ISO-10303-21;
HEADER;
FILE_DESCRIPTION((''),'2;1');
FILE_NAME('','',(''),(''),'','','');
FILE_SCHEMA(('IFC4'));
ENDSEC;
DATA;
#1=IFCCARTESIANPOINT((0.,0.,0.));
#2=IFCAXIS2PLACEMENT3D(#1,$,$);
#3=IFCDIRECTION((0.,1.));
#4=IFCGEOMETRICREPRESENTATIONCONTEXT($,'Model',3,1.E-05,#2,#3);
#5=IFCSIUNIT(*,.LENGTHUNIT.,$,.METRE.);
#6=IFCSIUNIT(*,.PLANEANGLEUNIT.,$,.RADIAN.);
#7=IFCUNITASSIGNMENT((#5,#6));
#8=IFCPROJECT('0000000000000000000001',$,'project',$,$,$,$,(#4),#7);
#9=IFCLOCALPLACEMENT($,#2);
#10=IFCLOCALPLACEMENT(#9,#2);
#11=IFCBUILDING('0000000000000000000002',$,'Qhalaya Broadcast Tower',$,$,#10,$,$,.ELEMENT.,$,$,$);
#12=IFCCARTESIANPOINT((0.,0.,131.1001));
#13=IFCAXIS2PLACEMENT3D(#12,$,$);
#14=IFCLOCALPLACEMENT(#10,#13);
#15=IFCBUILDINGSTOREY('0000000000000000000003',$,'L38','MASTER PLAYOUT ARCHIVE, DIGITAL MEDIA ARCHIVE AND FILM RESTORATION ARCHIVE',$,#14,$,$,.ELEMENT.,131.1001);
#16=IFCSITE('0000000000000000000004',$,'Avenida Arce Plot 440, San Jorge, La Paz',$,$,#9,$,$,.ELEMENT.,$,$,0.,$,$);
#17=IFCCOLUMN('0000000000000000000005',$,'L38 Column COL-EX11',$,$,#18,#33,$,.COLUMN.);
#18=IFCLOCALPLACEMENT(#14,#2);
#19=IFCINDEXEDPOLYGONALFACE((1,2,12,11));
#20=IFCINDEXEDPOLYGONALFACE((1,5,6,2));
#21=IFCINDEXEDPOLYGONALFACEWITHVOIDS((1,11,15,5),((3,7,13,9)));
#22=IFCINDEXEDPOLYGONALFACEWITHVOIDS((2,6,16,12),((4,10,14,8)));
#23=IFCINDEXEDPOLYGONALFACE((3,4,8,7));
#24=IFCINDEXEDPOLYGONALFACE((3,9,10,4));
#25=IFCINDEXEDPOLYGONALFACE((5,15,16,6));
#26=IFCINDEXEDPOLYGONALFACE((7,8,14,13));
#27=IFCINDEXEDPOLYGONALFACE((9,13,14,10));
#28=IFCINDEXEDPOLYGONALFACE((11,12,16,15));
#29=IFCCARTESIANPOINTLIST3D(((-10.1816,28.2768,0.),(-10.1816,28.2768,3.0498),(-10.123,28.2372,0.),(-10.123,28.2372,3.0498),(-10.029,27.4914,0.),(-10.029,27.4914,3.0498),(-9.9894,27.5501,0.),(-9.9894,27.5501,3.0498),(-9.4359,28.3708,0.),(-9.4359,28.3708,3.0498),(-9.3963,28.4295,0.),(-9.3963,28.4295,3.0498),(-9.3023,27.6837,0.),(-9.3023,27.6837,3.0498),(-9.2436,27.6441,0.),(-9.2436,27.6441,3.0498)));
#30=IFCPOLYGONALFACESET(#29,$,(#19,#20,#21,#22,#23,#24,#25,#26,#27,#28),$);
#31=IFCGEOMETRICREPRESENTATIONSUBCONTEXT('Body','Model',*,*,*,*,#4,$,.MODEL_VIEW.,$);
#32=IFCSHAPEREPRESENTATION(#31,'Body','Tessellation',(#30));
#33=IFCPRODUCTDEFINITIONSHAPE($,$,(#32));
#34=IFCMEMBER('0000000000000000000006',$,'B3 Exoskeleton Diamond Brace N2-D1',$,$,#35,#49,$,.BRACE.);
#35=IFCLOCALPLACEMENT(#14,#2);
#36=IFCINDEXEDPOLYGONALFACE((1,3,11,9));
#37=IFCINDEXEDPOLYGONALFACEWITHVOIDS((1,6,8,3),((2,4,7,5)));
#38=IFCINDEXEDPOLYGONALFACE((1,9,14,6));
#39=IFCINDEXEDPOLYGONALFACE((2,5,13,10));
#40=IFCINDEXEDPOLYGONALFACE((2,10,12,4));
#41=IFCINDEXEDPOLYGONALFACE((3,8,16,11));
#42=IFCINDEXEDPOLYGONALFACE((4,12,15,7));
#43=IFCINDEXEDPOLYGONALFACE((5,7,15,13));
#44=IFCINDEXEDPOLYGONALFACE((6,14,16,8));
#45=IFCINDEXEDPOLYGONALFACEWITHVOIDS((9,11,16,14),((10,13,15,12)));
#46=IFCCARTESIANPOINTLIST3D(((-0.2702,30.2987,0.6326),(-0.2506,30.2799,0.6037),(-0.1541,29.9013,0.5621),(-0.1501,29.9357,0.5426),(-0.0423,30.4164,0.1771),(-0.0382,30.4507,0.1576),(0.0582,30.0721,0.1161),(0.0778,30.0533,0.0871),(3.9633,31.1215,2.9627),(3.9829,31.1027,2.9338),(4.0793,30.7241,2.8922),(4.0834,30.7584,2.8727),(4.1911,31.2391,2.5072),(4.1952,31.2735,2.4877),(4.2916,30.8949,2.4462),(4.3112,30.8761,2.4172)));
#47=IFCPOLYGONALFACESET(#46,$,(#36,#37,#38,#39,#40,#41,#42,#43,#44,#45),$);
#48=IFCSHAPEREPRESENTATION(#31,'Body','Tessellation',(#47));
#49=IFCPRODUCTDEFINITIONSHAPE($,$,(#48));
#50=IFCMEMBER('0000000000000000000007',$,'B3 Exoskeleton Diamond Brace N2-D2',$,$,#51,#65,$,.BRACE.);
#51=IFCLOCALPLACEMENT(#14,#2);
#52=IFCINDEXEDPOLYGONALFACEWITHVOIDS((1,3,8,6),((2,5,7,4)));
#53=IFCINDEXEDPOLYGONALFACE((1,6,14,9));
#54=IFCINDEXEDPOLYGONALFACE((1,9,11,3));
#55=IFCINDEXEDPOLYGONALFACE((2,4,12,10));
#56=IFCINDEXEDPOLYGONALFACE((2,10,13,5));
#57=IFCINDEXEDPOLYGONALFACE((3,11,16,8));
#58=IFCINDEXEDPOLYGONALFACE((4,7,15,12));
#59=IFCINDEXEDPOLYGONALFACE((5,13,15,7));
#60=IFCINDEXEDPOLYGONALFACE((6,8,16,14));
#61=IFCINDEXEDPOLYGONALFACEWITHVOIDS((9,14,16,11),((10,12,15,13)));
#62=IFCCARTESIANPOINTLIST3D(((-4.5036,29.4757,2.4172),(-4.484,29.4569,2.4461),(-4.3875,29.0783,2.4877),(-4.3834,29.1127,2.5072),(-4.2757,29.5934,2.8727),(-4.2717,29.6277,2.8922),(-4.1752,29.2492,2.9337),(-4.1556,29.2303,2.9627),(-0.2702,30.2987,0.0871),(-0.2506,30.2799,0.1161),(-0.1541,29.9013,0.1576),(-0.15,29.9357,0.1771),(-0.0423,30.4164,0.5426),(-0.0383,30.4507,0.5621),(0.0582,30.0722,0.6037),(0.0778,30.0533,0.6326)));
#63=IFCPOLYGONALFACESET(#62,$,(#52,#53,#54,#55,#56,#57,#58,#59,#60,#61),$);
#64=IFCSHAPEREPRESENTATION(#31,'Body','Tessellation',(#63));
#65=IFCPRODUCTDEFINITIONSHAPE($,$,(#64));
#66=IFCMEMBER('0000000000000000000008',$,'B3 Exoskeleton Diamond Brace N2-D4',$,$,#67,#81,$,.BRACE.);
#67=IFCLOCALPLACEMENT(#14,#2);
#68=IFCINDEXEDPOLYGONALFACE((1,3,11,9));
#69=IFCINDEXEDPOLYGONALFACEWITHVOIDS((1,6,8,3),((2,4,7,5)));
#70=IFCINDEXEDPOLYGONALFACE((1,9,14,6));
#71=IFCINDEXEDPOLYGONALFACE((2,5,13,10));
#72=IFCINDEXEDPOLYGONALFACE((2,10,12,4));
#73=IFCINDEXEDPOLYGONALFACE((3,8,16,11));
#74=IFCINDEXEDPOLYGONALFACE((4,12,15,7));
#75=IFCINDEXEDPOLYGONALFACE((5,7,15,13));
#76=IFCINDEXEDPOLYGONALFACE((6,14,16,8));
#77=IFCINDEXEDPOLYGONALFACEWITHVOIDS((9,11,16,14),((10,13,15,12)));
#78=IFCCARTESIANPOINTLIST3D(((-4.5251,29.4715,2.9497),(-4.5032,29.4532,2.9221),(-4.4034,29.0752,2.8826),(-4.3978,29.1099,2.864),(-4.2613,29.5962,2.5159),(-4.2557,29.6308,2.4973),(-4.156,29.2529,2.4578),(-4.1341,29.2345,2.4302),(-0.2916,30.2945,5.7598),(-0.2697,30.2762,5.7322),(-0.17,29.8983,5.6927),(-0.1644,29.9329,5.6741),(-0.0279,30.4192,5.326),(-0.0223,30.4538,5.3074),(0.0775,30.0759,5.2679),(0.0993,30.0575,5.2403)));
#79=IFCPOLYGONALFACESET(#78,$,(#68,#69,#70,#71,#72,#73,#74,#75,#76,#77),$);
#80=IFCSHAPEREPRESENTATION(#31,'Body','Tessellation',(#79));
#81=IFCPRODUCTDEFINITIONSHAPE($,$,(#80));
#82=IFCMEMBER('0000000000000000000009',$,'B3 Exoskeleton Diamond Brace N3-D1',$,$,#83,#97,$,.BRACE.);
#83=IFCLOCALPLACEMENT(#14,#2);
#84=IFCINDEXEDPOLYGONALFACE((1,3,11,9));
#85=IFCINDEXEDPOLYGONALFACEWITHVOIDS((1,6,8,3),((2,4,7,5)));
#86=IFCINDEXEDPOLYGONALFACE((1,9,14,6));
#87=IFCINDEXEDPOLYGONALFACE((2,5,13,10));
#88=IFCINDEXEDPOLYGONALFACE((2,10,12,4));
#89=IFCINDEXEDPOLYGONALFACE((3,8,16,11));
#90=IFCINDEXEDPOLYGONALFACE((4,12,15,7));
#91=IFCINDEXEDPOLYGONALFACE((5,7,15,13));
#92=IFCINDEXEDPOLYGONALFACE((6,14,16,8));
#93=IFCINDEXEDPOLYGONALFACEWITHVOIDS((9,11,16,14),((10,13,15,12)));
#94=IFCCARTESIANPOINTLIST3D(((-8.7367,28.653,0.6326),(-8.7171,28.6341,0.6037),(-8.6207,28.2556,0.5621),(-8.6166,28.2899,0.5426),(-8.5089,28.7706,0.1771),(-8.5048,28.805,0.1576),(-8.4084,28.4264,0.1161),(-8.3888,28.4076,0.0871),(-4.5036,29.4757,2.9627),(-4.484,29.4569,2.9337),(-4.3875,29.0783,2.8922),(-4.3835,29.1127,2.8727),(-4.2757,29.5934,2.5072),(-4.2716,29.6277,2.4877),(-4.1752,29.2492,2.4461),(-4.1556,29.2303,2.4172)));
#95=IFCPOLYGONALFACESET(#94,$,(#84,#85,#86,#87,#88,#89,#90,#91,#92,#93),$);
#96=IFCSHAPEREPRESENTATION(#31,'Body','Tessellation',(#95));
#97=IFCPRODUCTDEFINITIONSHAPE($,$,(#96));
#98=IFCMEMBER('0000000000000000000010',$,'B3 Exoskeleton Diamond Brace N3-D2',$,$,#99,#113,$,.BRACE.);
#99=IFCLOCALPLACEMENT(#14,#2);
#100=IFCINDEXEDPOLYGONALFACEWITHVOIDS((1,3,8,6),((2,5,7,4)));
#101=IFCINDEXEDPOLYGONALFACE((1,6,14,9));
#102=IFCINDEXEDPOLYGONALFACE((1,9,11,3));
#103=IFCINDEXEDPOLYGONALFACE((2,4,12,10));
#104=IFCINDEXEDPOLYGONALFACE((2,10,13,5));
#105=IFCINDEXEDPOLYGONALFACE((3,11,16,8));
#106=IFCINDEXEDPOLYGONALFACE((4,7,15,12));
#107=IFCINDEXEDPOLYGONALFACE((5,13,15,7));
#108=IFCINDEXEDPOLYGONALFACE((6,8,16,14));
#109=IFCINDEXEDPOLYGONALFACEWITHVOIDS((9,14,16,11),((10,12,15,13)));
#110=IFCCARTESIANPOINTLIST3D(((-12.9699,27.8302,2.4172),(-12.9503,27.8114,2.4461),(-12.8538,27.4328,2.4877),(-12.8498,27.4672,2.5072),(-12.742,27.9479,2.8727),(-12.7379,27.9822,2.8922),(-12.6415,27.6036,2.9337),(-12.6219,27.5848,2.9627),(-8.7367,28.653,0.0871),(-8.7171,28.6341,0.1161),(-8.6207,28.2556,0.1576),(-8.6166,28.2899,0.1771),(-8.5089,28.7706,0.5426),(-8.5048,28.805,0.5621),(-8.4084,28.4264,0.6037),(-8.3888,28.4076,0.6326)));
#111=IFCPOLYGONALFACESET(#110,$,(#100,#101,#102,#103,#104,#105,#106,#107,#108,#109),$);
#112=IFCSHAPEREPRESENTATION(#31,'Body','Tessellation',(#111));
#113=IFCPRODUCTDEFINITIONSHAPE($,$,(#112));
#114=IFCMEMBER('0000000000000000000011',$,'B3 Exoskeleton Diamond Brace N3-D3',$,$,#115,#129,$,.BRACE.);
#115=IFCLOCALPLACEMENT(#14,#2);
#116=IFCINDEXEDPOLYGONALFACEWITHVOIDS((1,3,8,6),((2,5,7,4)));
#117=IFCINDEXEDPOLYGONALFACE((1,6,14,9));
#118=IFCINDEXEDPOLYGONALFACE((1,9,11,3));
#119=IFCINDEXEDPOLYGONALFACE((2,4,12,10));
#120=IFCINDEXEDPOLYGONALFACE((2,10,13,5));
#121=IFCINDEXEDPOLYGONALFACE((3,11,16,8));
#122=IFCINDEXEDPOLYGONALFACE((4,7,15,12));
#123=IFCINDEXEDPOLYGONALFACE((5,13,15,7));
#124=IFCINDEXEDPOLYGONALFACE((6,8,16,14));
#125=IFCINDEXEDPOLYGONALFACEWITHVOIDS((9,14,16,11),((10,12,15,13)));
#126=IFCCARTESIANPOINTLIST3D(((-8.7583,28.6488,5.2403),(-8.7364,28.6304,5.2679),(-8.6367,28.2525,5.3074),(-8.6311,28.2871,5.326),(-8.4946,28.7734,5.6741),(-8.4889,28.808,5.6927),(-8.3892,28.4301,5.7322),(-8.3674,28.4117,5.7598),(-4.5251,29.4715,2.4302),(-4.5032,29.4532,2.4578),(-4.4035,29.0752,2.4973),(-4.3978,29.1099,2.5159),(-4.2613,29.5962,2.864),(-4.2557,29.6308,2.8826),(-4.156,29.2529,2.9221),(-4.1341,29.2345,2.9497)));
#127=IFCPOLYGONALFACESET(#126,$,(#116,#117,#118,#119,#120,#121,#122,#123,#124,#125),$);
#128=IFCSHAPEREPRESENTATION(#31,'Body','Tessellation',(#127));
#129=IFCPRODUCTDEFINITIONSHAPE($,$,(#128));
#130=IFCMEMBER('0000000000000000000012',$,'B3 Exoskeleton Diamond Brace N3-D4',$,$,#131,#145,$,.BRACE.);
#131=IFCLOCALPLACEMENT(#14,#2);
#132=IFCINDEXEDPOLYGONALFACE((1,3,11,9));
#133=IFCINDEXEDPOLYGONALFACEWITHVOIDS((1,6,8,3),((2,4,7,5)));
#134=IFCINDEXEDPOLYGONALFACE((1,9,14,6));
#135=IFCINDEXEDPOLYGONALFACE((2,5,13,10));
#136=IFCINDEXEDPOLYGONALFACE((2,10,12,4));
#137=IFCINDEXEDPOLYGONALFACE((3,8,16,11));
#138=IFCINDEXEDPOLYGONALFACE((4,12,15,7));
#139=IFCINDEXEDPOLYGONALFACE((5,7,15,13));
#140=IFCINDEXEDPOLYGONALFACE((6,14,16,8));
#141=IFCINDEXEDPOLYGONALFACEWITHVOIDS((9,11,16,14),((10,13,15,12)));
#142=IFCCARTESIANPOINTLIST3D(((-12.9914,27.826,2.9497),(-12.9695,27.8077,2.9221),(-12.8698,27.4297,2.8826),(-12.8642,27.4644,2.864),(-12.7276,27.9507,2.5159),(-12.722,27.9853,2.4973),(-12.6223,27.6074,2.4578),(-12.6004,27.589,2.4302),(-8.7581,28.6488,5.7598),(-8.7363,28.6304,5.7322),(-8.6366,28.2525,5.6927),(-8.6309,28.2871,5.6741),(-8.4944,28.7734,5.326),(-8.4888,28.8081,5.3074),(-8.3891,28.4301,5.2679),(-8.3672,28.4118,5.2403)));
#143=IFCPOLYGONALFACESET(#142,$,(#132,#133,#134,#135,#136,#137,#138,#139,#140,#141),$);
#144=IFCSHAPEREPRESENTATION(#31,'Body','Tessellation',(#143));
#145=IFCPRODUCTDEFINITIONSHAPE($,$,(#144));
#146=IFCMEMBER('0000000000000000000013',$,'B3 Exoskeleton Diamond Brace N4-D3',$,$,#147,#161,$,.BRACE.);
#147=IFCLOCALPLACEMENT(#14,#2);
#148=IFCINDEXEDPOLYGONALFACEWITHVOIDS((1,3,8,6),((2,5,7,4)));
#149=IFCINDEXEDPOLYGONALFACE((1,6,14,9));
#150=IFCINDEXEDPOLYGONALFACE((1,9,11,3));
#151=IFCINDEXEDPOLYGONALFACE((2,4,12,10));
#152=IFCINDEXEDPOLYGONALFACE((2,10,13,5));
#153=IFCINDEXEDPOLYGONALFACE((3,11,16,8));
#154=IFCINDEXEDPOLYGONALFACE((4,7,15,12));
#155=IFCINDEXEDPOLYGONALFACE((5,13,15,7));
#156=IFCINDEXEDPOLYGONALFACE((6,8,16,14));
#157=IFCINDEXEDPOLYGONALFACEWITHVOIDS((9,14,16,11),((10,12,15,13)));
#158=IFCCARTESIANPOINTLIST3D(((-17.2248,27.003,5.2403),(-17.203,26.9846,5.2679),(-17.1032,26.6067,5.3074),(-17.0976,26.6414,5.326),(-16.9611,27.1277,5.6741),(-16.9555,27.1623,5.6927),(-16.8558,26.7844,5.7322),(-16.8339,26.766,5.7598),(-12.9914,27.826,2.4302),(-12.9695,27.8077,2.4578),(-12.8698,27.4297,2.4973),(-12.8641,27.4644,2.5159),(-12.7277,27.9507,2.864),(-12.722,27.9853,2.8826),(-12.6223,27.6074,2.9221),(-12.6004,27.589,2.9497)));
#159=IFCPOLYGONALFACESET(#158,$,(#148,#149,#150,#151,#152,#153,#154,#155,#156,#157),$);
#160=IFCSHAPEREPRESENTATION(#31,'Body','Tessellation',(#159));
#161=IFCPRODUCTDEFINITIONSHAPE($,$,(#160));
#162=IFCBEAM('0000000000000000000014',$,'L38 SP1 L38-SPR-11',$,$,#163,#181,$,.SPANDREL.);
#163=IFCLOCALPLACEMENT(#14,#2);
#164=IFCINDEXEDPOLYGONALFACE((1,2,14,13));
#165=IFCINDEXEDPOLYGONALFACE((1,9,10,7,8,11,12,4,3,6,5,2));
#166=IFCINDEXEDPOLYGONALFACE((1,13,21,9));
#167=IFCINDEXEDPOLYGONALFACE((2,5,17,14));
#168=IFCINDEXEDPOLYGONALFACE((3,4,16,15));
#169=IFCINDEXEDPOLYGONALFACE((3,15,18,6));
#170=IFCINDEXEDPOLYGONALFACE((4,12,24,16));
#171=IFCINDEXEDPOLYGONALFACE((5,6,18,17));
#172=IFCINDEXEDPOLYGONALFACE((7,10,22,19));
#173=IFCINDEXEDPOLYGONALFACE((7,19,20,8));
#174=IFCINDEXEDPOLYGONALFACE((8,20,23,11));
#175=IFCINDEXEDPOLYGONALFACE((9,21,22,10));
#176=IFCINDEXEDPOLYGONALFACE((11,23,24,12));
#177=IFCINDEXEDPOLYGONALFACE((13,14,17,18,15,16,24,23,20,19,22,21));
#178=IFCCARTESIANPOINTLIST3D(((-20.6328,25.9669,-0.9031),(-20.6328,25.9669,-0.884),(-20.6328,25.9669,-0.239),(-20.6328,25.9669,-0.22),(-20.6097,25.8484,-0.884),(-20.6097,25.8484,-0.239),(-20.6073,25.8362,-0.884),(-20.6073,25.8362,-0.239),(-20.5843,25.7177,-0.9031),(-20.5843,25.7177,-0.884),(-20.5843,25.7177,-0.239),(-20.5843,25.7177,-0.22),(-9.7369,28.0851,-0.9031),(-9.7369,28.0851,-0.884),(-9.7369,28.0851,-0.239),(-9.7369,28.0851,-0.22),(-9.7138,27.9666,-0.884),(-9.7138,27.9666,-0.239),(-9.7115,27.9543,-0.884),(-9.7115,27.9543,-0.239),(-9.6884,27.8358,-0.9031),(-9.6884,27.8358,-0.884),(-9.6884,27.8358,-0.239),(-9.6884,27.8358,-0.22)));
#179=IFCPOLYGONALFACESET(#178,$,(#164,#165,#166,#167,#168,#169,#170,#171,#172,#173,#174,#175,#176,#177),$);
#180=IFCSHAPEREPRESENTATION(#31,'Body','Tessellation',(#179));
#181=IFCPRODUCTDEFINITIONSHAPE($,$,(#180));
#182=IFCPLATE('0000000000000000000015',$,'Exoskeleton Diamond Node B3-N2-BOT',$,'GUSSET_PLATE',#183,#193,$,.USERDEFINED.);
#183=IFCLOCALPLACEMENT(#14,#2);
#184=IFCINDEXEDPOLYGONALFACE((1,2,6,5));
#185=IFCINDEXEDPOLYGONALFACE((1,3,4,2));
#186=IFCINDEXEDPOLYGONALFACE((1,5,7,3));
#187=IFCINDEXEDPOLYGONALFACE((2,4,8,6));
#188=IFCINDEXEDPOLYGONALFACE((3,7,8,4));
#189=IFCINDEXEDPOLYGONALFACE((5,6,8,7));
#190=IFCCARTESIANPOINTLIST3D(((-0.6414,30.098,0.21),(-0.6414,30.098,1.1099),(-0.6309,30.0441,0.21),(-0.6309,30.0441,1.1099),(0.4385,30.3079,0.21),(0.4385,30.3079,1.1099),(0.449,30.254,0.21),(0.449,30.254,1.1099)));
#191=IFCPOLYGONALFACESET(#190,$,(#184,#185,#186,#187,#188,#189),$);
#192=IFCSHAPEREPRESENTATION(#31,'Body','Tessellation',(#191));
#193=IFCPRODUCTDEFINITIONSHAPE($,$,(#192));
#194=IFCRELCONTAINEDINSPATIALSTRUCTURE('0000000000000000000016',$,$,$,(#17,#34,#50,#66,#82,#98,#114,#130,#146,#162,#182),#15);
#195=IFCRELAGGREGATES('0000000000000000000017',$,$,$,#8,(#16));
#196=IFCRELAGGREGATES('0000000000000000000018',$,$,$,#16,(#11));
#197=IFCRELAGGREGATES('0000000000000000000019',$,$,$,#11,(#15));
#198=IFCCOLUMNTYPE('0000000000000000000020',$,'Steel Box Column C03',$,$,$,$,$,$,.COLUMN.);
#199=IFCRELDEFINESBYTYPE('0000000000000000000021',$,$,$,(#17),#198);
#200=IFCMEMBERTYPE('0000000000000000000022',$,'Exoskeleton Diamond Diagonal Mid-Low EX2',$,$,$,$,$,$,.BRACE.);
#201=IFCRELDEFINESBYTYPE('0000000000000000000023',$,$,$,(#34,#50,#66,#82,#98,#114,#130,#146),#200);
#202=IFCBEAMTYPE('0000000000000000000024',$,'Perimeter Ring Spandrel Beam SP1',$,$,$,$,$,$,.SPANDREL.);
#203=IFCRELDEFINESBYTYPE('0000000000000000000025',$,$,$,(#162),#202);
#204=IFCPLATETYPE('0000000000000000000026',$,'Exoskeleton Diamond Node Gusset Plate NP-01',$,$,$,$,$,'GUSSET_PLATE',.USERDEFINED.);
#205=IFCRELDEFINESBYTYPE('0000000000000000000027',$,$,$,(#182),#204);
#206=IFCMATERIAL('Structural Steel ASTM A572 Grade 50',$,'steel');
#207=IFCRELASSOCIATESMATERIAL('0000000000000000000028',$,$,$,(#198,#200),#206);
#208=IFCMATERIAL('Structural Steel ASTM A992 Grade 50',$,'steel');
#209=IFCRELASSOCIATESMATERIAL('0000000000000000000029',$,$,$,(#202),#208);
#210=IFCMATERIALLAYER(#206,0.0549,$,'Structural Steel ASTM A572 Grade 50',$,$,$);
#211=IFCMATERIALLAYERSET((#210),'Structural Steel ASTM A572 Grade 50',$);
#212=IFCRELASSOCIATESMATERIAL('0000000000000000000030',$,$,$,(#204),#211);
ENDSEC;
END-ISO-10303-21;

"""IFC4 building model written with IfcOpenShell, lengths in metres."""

from ifc_helpers import new_model, si_unit, direction, frame, origin, origin_2d, place, context, subcontext, project, spatial, rectangle, hollow_rectangle, i_section, extrude, material, layer, layer_set, material_profile, profile_set, type_object, element, save


model = new_model("IFC4")

# Units and contexts
model_context = context("Model", 3, precision=1e-05, world=origin(), true_north=direction((0.0, 1.0)))
body_context = subcontext(model_context, "Body", "Model", "MODEL_VIEW")
ifc_project = project(units=[si_unit("LENGTHUNIT", "METRE"), si_unit("PLANEANGLEUNIT", "RADIAN")], contexts=[model_context])

# Site, building, storey
site_placement = place(None, origin())
site = spatial("IfcSite", under=ifc_project, at=site_placement, Name="Avenida Arce Plot 440, San Jorge, La Paz", CompositionType="ELEMENT", RefElevation=0.0)
building_placement = place(site_placement, origin())
building = spatial("IfcBuilding", under=site, at=building_placement, Name="Qhalaya Broadcast Tower", CompositionType="ELEMENT")
storey_placement = place(building_placement, frame((0.0, 0.0, 131.1001)))
storey = spatial("IfcBuildingStorey", under=building, at=storey_placement, Name="L38", Description="MASTER PLAYOUT ARCHIVE, DIGITAL MEDIA ARCHIVE AND FILM RESTORATION ARCHIVE", CompositionType="ELEMENT", Elevation=131.1001)

# Column
ifc_material_1 = material(Name="Structural Steel ASTM A572 Grade 50", Category="steel")
ifc_material_profile_1 = material_profile(ifc_material_1, hollow_rectangle(XDim=0.8, YDim=0.8, WallThickness=0.05, at=origin_2d()), Name="BOX 800x800x50")
ifc_profile_set_1 = profile_set([ifc_material_profile_1], Name="Structural Steel ASTM A572 Grade 50")
column_type = type_object("IfcColumnType", Name="Steel Box Column C03", PredefinedType="COLUMN", material=ifc_profile_set_1)
column_placement = place(storey_placement, frame((-9.7126, 27.9604, 0.0), z_axis=(0.0, 0.0, 1.0), x_axis=(0.981627, 0.190809, 0.0)))
element("IfcColumn", 1, at=column_placement, inside=storey, type_object=column_type, Name="L38 Column COL-EX11", PredefinedType="COLUMN", context=body_context, shape_type="SweptSolid", body=[
    extrude(hollow_rectangle(XDim=0.8, YDim=0.8, WallThickness=0.05, at=origin_2d()), origin(), (0.0, 0.0, 1.0), 3.0498),
])

# Members
ifc_material_profile_2 = material_profile(ifc_material_1, hollow_rectangle(XDim=0.4199, YDim=0.55, WallThickness=0.0281, at=origin_2d()), Name="BOX 420x550x28")
ifc_profile_set_2 = profile_set([ifc_material_profile_2], Name="Structural Steel ASTM A572 Grade 50")
member_type = type_object("IfcMemberType", Name="Exoskeleton Diamond Diagonal Mid-Low EX2", PredefinedType="BRACE", material=ifc_profile_set_2)
for number, where, z_axis, x_axis, name in (
    (2, (-0.0962, 30.176, 0.3599), (0.863638, 0.167847, 0.475349), (-0.276309, 0.946294, 0.167873), "B3 Exoskeleton Diamond Brace N2-D1"),
    (3, (-0.0962, 30.176, 0.3599), (-0.863631, -0.167895, 0.475346), (0.276361, -0.946279, 0.167874), "B3 Exoskeleton Diamond Brace N2-D2"),
):
    element("IfcMember", number, at=place(storey_placement, frame(where, z_axis=z_axis, x_axis=x_axis)), inside=storey, type_object=member_type, Name=name, PredefinedType="BRACE", context=body_context, shape_type="SweptSolid", body=[
        extrude(hollow_rectangle(XDim=0.4199, YDim=0.55, WallThickness=0.0281, at=origin_2d()), origin(), (0.0, 0.0, 1.0), 4.9019),
    ])
member_1_placement = place(storey_placement, frame((-4.3296, 29.353, 2.6899), z_axis=(0.822439, 0.159887, 0.545921), x_axis=(-0.28958, 0.943709, 0.159867)))
element("IfcMember", 4, at=member_1_placement, inside=storey, type_object=member_type, Name="B3 Exoskeleton Diamond Brace N2-D4", PredefinedType="BRACE", context=body_context, shape_type="SweptSolid", body=[
    extrude(hollow_rectangle(XDim=0.4199, YDim=0.55, WallThickness=0.0281, at=origin_2d()), origin(), (0.0, 0.0, 1.0), 5.1475),
])
for number, where, z_axis, x_axis, name in (
    (5, (-8.5627, 28.5303, 0.3599), (0.863625, 0.167854, 0.47537), (-0.276323, 0.94629, 0.167871), "B3 Exoskeleton Diamond Brace N3-D1"),
    (6, (-8.5627, 28.5303, 0.3599), (-0.863625, -0.167854, 0.47537), (0.276323, -0.94629, 0.167871), "B3 Exoskeleton Diamond Brace N3-D2"),
):
    element("IfcMember", number, at=place(storey_placement, frame(where, z_axis=z_axis, x_axis=x_axis)), inside=storey, type_object=member_type, Name=name, PredefinedType="BRACE", context=body_context, shape_type="SweptSolid", body=[
        extrude(hollow_rectangle(XDim=0.4199, YDim=0.55, WallThickness=0.0281, at=origin_2d()), origin(), (0.0, 0.0, 1.0), 4.9016),
    ])
for number, where, z_axis, x_axis, name in (
    (7, (-4.3296, 29.353, 2.6899), (-0.82243, -0.159847, 0.545947), (0.289542, -0.943721, 0.159864), "B3 Exoskeleton Diamond Brace N3-D3"),
    (8, (-12.7959, 27.7075, 2.6899), (0.82243, 0.159847, 0.545947), (-0.289542, 0.943721, 0.159864), "B3 Exoskeleton Diamond Brace N3-D4"),
):
    element("IfcMember", number, at=place(storey_placement, frame(where, z_axis=z_axis, x_axis=x_axis)), inside=storey, type_object=member_type, Name=name, PredefinedType="BRACE", context=body_context, shape_type="SweptSolid", body=[
        extrude(hollow_rectangle(XDim=0.4199, YDim=0.55, WallThickness=0.0281, at=origin_2d()), origin(), (0.0, 0.0, 1.0), 5.1472),
    ])
member_2_placement = place(storey_placement, frame((-12.7959, 27.7075, 2.6899), z_axis=(-0.822439, -0.159887, 0.545921), x_axis=(0.28958, -0.943709, 0.159867)))
element("IfcMember", 9, at=member_2_placement, inside=storey, type_object=member_type, Name="B3 Exoskeleton Diamond Brace N4-D3", PredefinedType="BRACE", context=body_context, shape_type="SweptSolid", body=[
    extrude(hollow_rectangle(XDim=0.4199, YDim=0.55, WallThickness=0.0281, at=origin_2d()), origin(), (0.0, 0.0, 1.0), 5.1475),
])

# Beam
ifc_material_2 = material(Name="Structural Steel ASTM A992 Grade 50", Category="steel")
ifc_material_profile_3 = material_profile(ifc_material_2, i_section(OverallWidth=0.2539, OverallDepth=0.6831, WebThickness=0.0125, FlangeThickness=0.019, at=origin_2d()), Name="W27X94")
ifc_profile_set_3 = profile_set([ifc_material_profile_3], Name="Structural Steel ASTM A992 Grade 50")
beam_type = type_object("IfcBeamType", Name="Perimeter Ring Spandrel Beam SP1", PredefinedType="SPANDREL", material=ifc_profile_set_3)
beam_placement = place(storey_placement, frame((-9.7126, 27.9604, -0.5615), z_axis=(-0.981624, -0.190826, 0.0), x_axis=(0.190826, -0.981624, 0.0)))
element("IfcBeam", 10, at=beam_placement, inside=storey, type_object=beam_type, Name="L38 SP1 L38-SPR-11", PredefinedType="SPANDREL", context=body_context, shape_type="SweptSolid", body=[
    extrude(i_section(OverallWidth=0.2539, OverallDepth=0.6831, WebThickness=0.0125, FlangeThickness=0.019, at=origin_2d()), origin(), (0.0, 0.0, 1.0), 11.0999),
])

# Plate
ifc_layer_1 = layer(ifc_material_1, 0.0549, Name="Structural Steel ASTM A572 Grade 50")
ifc_layer_set_1 = layer_set([ifc_layer_1], Name="Structural Steel ASTM A572 Grade 50")
plate_type_1 = type_object("IfcPlateType", Name="Exoskeleton Diamond Node Gusset Plate NP-01", ElementType="GUSSET_PLATE", PredefinedType="USERDEFINED", material=ifc_layer_set_1)
for number, where, z_axis, x_axis, name in (
    (11, (-0.0962, 30.176, 0.21), (0.0, 0.0, 1.0), (0.981627, 0.190809, 0.0), "Exoskeleton Diamond Node B3-N2-BOT"),
):
    element("IfcPlate", number, at=place(storey_placement, frame(where, z_axis=z_axis, x_axis=x_axis)), inside=storey, type_object=plate_type_1, Name=name, ObjectType="GUSSET_PLATE", PredefinedType="USERDEFINED", context=body_context, shape_type="SweptSolid", body=[
        extrude(rectangle(XDim=1.1001, YDim=0.0549, at=origin_2d()), origin(), (0.0, 0.0, 1.0), 0.8999),
    ])

save(model, "model.ifc")
